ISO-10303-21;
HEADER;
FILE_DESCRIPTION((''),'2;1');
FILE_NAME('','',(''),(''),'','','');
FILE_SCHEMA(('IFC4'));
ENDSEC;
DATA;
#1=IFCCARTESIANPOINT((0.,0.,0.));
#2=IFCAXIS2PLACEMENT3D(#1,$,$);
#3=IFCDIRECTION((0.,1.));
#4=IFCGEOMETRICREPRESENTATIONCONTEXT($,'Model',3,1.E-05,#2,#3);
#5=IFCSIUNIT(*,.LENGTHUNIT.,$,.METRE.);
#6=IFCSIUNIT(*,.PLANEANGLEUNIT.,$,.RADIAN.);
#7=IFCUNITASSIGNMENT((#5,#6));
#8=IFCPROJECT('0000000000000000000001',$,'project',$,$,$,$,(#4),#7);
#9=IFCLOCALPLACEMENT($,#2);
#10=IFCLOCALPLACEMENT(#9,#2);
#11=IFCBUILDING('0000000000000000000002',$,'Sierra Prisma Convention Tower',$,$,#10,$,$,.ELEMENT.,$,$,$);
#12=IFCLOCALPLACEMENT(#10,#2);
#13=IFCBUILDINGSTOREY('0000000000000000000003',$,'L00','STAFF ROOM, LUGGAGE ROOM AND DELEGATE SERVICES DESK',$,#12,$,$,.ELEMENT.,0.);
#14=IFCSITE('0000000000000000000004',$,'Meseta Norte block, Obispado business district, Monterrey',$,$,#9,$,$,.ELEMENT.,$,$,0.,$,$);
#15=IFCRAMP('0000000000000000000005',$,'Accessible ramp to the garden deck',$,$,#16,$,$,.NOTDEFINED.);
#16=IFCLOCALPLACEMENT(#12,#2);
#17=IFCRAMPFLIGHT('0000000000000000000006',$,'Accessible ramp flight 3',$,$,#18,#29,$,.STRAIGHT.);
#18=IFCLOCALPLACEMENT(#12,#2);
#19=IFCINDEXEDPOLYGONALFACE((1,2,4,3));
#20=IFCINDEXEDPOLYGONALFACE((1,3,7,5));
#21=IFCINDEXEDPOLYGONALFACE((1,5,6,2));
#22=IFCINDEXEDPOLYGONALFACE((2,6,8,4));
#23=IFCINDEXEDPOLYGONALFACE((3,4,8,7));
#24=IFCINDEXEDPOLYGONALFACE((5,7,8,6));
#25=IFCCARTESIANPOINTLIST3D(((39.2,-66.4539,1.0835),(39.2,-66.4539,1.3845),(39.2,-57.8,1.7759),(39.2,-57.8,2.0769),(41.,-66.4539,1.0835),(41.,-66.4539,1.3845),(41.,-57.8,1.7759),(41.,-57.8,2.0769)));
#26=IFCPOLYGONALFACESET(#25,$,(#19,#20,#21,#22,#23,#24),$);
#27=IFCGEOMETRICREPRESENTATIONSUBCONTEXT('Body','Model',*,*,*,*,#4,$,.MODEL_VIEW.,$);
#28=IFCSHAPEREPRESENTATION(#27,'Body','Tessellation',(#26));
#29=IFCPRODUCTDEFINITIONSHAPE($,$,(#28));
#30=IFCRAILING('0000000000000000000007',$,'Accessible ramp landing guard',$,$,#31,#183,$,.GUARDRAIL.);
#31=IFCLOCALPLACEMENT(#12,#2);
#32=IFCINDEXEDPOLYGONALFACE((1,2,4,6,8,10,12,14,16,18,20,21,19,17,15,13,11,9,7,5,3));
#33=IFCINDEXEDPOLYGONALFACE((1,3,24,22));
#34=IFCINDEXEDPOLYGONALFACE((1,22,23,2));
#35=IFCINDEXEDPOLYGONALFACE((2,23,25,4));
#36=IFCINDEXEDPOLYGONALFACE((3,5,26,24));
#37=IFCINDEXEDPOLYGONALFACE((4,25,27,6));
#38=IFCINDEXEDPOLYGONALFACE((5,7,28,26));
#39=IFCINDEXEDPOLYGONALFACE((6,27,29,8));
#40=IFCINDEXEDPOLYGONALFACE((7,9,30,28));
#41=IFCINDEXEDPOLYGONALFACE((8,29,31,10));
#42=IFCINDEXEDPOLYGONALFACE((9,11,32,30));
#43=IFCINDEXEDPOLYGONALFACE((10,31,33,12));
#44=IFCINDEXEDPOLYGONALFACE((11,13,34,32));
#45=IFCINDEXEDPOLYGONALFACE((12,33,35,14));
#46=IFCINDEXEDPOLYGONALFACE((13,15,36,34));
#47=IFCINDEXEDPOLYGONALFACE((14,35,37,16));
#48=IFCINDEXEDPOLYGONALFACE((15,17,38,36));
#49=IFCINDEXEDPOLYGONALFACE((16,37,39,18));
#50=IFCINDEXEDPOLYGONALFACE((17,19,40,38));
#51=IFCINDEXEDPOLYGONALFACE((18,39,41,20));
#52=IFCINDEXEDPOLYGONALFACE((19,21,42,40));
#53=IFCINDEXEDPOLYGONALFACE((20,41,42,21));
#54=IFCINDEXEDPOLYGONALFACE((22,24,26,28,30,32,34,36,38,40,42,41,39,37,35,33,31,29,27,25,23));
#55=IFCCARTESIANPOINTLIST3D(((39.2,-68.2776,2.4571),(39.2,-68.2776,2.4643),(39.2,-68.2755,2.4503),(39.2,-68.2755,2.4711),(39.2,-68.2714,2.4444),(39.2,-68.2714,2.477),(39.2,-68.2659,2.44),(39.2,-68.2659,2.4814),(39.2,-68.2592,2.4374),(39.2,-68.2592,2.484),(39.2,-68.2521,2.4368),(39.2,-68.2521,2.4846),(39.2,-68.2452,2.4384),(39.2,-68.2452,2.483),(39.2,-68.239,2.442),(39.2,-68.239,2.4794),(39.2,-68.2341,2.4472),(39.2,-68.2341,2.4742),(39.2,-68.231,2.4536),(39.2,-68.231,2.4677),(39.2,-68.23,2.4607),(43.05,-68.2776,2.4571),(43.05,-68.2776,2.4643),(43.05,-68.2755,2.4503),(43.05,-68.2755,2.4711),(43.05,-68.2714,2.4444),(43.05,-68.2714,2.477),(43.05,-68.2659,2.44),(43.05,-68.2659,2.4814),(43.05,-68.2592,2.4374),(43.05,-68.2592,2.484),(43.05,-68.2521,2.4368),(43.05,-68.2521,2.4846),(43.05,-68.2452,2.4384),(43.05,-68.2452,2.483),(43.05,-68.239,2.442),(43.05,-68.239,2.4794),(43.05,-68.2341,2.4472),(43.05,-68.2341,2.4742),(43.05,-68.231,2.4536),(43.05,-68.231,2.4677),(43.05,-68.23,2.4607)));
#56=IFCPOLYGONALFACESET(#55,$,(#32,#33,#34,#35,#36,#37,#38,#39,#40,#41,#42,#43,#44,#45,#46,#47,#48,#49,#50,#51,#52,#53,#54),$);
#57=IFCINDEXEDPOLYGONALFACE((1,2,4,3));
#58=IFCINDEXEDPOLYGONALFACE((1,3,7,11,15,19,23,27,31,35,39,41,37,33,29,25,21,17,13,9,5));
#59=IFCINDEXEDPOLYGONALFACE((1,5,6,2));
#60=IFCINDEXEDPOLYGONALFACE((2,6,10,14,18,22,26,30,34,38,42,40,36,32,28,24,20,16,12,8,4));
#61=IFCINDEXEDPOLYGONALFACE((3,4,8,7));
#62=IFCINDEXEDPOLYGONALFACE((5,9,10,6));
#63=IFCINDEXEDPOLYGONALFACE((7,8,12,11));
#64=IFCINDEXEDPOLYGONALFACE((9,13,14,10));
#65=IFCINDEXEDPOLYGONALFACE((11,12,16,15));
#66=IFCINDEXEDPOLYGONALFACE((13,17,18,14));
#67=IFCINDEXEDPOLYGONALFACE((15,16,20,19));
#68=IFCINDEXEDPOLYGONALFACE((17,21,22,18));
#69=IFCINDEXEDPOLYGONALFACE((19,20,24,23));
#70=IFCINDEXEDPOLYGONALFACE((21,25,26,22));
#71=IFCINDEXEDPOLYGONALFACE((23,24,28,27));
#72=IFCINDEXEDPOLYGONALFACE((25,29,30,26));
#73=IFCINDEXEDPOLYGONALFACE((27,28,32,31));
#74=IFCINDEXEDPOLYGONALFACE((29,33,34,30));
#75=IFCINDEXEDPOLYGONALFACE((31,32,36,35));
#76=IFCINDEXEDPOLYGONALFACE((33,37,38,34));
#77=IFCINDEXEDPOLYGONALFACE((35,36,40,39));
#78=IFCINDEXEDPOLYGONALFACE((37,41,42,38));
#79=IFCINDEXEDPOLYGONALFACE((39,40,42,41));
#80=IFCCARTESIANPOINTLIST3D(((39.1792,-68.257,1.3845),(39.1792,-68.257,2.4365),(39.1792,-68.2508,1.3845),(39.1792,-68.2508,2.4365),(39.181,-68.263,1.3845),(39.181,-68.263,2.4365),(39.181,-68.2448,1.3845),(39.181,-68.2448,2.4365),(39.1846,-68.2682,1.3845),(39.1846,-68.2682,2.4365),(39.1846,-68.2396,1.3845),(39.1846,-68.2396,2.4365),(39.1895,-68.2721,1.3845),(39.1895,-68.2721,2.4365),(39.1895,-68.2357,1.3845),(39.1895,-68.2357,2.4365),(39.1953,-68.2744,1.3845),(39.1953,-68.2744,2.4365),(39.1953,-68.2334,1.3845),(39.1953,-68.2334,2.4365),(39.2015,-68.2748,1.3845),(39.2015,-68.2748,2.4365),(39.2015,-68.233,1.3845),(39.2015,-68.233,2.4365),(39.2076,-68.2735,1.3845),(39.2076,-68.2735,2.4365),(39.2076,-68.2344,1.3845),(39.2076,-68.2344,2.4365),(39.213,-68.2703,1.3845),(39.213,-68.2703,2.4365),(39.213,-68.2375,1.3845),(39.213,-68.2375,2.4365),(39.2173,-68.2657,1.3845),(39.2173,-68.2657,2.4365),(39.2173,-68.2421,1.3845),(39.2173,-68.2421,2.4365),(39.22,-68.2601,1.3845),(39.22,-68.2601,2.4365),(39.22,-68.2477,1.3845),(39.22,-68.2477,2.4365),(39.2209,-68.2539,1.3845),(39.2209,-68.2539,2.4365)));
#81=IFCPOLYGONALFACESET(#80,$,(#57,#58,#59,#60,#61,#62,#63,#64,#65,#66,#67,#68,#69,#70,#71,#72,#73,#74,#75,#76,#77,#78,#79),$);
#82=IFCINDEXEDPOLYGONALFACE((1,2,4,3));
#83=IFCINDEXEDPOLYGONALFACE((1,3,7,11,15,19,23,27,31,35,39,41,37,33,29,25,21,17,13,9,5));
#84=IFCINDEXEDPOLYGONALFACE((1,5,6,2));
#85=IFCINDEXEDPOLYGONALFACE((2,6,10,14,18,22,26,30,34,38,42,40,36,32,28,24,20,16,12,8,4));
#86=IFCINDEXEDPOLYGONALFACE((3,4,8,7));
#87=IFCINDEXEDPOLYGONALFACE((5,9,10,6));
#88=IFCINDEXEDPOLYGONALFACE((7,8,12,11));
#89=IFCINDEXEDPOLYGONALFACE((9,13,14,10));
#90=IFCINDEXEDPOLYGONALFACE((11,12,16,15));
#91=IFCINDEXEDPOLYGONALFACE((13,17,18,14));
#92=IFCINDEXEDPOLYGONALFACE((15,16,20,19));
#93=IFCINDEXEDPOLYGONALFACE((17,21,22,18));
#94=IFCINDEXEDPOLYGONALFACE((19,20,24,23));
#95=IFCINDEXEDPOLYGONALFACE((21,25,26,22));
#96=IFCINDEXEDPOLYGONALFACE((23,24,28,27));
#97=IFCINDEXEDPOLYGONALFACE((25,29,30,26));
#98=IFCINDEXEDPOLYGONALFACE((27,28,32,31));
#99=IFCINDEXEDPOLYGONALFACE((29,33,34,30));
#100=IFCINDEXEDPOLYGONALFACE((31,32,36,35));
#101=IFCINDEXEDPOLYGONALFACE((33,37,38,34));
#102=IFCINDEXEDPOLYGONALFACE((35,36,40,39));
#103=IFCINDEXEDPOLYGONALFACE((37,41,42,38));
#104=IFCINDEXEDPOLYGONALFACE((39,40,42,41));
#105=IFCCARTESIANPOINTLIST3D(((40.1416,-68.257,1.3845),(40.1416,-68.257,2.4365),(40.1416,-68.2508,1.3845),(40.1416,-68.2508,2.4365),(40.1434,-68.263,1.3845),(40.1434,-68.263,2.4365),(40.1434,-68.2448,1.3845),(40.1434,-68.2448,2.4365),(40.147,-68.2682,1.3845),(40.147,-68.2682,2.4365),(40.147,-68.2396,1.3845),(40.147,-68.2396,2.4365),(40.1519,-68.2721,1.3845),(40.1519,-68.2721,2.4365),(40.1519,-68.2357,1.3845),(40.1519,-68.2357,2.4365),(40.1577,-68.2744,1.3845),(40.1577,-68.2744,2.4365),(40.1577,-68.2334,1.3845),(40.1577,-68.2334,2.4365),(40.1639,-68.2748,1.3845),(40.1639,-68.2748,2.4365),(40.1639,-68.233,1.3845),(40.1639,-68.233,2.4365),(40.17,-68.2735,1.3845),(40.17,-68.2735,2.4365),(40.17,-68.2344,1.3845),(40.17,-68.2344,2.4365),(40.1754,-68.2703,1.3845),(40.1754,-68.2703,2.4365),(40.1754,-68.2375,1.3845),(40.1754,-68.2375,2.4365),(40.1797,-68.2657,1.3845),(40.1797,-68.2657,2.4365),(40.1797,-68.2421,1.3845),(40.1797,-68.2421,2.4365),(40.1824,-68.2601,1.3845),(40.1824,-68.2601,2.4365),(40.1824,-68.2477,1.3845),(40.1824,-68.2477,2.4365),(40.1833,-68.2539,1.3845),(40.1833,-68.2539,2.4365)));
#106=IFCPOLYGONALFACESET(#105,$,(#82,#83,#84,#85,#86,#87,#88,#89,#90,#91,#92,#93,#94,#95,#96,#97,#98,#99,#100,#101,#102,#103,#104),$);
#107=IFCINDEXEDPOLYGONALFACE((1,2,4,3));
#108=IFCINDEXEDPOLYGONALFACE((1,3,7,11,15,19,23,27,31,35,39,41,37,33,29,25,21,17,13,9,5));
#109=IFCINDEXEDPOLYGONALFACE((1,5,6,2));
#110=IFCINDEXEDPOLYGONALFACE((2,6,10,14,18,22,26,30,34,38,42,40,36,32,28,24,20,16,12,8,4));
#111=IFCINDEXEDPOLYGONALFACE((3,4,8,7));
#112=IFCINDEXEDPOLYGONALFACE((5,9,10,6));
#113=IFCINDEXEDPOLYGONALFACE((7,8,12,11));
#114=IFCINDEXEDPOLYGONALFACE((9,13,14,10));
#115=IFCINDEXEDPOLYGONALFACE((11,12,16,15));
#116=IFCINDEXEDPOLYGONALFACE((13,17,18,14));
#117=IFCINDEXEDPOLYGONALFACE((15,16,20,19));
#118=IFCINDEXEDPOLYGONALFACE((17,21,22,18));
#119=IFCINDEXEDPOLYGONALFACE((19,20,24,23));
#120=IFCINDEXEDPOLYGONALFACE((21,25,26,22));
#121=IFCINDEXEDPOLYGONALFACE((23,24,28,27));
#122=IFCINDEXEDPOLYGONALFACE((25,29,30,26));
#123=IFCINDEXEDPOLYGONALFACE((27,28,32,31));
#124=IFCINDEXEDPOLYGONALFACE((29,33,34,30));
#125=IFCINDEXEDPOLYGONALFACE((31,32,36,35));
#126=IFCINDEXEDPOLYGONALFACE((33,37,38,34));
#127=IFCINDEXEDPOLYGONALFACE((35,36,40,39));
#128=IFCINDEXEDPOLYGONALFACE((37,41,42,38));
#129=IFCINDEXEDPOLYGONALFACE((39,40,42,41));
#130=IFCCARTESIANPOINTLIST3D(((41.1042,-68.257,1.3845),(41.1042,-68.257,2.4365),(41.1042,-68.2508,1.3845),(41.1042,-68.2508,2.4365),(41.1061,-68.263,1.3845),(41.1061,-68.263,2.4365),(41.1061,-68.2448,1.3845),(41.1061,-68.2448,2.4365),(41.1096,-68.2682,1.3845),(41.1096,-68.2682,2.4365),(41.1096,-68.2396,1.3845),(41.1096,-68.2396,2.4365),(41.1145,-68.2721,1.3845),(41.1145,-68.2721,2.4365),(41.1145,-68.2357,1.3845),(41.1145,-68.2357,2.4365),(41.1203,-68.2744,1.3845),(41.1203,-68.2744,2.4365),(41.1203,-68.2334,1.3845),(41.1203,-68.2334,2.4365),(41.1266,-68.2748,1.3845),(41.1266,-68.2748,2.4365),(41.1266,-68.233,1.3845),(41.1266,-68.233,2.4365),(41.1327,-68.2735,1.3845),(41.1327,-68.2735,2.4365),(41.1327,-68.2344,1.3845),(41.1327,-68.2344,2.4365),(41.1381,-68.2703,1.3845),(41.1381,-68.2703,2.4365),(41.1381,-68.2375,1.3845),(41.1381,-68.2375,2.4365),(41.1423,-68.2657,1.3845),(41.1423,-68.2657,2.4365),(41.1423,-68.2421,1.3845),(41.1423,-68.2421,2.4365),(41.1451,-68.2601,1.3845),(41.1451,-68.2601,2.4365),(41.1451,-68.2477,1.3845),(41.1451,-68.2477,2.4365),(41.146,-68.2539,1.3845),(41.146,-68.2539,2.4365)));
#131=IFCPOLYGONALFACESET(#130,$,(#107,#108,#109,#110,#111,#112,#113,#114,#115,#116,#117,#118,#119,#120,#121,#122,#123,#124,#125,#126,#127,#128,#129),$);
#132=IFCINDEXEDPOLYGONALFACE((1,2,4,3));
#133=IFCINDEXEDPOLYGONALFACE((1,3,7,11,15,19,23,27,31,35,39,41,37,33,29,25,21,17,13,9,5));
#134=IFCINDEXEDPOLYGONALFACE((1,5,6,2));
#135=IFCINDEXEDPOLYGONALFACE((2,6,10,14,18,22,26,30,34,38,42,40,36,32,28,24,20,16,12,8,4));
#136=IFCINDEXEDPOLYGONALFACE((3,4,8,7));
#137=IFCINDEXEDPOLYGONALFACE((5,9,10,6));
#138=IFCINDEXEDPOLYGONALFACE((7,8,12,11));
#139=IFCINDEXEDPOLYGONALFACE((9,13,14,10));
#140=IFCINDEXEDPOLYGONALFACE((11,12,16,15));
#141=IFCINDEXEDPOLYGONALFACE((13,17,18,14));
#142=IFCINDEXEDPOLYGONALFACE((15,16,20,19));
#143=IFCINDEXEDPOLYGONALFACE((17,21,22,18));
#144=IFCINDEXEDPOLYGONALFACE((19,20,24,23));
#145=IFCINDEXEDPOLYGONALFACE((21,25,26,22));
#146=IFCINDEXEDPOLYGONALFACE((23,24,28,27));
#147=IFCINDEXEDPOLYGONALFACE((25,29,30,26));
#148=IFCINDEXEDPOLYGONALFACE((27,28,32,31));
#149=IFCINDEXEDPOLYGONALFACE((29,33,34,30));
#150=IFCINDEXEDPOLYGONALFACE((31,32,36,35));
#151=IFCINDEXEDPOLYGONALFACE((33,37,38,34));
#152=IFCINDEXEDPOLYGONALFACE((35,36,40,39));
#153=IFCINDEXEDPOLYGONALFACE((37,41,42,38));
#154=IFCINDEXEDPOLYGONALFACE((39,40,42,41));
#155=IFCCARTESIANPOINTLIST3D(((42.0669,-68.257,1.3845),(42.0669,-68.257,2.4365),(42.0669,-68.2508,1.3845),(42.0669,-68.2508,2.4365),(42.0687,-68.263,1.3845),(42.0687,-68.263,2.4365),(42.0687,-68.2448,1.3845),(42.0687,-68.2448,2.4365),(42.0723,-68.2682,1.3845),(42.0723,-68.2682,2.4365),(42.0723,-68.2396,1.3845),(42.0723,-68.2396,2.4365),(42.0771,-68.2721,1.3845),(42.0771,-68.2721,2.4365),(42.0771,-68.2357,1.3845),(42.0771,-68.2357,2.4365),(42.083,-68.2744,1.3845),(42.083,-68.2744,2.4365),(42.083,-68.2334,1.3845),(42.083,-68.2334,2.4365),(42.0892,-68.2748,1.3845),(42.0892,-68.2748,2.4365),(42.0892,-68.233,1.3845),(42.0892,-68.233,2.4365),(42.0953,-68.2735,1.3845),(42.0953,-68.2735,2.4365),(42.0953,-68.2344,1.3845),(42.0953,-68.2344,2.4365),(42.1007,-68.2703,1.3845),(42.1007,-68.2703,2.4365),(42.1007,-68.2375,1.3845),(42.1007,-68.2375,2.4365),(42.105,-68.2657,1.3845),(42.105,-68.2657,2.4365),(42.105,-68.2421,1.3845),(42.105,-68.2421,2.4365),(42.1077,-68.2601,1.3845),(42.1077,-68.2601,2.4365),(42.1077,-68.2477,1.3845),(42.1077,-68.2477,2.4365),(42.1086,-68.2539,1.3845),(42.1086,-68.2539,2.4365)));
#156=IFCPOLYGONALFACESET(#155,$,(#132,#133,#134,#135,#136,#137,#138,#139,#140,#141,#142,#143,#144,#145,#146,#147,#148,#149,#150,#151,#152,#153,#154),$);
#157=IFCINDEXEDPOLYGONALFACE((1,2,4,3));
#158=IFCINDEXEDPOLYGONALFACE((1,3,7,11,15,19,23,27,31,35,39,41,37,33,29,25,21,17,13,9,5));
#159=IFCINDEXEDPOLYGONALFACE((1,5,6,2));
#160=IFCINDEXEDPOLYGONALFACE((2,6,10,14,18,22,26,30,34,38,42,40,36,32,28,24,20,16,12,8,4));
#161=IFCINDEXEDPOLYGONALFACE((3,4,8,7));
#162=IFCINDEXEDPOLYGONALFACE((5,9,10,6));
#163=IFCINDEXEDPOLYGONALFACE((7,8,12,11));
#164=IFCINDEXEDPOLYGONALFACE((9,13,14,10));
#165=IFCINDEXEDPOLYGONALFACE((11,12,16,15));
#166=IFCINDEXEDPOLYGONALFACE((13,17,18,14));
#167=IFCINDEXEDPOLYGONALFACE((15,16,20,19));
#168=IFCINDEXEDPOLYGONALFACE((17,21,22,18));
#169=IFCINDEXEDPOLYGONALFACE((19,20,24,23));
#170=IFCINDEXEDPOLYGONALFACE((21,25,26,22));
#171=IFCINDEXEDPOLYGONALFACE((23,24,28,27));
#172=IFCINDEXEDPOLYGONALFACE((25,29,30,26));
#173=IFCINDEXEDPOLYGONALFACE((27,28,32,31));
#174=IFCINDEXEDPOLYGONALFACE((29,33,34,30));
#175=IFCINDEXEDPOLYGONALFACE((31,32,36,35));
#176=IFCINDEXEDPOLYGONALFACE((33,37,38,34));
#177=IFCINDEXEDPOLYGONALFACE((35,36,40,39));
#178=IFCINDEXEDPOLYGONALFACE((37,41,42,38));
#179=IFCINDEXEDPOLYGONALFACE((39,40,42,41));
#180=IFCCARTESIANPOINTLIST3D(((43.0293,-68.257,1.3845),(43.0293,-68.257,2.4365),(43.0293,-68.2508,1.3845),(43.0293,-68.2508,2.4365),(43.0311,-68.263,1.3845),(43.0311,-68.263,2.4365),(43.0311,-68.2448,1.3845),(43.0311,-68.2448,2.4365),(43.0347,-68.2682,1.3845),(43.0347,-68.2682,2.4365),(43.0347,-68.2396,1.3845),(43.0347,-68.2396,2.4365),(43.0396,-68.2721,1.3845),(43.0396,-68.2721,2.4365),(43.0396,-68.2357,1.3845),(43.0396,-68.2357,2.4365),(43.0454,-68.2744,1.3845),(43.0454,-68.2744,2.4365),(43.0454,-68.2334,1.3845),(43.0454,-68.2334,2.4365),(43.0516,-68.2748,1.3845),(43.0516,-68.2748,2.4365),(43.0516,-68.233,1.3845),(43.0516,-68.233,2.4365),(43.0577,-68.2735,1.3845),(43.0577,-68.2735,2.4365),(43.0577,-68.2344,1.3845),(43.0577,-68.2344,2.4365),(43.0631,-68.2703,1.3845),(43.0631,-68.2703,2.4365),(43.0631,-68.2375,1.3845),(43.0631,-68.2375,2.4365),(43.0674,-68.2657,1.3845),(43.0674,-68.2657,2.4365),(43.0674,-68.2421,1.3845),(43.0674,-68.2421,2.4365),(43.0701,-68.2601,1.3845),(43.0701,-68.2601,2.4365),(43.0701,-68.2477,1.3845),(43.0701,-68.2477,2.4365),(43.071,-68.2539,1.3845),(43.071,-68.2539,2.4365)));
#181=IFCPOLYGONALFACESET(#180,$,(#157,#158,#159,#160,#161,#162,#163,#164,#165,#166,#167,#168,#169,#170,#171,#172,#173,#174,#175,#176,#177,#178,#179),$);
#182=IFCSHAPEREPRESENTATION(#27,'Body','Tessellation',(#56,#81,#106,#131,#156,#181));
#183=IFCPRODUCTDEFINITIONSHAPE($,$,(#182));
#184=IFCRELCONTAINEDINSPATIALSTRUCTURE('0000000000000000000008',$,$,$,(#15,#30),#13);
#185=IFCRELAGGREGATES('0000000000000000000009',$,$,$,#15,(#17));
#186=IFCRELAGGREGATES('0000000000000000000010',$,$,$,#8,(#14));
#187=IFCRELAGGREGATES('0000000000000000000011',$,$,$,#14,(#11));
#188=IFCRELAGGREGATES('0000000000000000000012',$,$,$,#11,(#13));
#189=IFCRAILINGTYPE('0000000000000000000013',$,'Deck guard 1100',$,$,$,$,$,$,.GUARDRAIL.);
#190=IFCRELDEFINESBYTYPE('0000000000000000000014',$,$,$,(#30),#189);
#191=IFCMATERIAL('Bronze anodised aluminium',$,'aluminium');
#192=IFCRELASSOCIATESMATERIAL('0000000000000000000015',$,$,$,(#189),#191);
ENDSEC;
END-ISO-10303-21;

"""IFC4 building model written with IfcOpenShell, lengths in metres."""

from ifc_helpers import new_model, si_unit, direction, frame, origin, origin_2d, place, context, subcontext, project, spatial, polyline, circle, outline, extrude, material, type_object, element, aggregate, save


model = new_model("IFC4")

# Units and contexts
model_context = context("Model", 3, precision=1e-05, world=origin(), true_north=direction((0.0, 1.0)))
body_context = subcontext(model_context, "Body", "Model", "MODEL_VIEW")
ifc_project = project(units=[si_unit("LENGTHUNIT", "METRE"), si_unit("PLANEANGLEUNIT", "RADIAN")], contexts=[model_context])

# Site, building, storey
site_placement = place(None, origin())
site = spatial("IfcSite", under=ifc_project, at=site_placement, Name="Meseta Norte block, Obispado business district, Monterrey", CompositionType="ELEMENT", RefElevation=0.0)
building_placement = place(site_placement, origin())
building = spatial("IfcBuilding", under=site, at=building_placement, Name="Sierra Prisma Convention Tower", CompositionType="ELEMENT")
storey_placement = place(building_placement, origin())
storey = spatial("IfcBuildingStorey", under=building, at=storey_placement, Name="L00", Description="STAFF ROOM, LUGGAGE ROOM AND DELEGATE SERVICES DESK", CompositionType="ELEMENT", Elevation=0.0)

# Ramp, ramp flight
ramp_placement = place(storey_placement, origin())
ramp = element("IfcRamp", 1, at=ramp_placement, inside=storey, Name="Accessible ramp to the garden deck", PredefinedType="NOTDEFINED")
ramp_flight_1_placement = place(storey_placement, frame((39.2, -66.4539, 1.3845), z_axis=(0.0, 0.0, 1.0), x_axis=(0.0, 1.0, 0.0)))
ramp_flight_1 = element("IfcRampFlight", 2, at=ramp_flight_1_placement, Name="Accessible ramp flight 3", PredefinedType="STRAIGHT", context=body_context, shape_type="SweptSolid", body=[
    extrude(outline(polyline([(0.0, -0.301), (8.6538, 0.3914), (8.6538, 0.6924), (0.0, 0.0), (0.0, -0.301)])), frame((0.0, 0.0, 0.0), z_axis=(0.0, -1.0, 0.0), x_axis=(1.0, 0.0, 0.0)), (0.0, 0.0, 1.0), 1.8),
])
aggregate(ramp, [ramp_flight_1])

# Railing
ifc_material_1 = material(Name="Bronze anodised aluminium", Category="aluminium")
railing_type_1 = type_object("IfcRailingType", Name="Deck guard 1100", PredefinedType="GUARDRAIL", material=ifc_material_1)
railing_1_placement = place(storey_placement, frame((39.2, -68.2539, 1.3845)))
element("IfcRailing", 3, at=railing_1_placement, inside=storey, type_object=railing_type_1, Name="Accessible ramp landing guard", PredefinedType="GUARDRAIL", context=body_context, shape_type="SweptSolid", body=[
    extrude(circle(Radius=0.0239, at=origin_2d()), frame((0.0, 0.0, 1.0762), z_axis=(1.0, 0.0, 0.0), x_axis=(0.0, 1.0, 0.0)), (0.0, 0.0, 1.0), 3.8501),
    extrude(circle(Radius=0.021, at=origin_2d()), origin(), (0.0, 0.0, 1.0), 1.052),
    extrude(circle(Radius=0.021, at=origin_2d()), frame((0.9624, 0.0, 0.0)), (0.0, 0.0, 1.0), 1.052),
    extrude(circle(Radius=0.021, at=origin_2d()), frame((1.925, 0.0, 0.0)), (0.0, 0.0, 1.0), 1.052),
    extrude(circle(Radius=0.021, at=origin_2d()), frame((2.8877, 0.0, 0.0)), (0.0, 0.0, 1.0), 1.052),
    extrude(circle(Radius=0.021, at=origin_2d()), frame((3.8501, 0.0, 0.0)), (0.0, 0.0, 1.0), 1.052),
])

save(model, "model.ifc")
